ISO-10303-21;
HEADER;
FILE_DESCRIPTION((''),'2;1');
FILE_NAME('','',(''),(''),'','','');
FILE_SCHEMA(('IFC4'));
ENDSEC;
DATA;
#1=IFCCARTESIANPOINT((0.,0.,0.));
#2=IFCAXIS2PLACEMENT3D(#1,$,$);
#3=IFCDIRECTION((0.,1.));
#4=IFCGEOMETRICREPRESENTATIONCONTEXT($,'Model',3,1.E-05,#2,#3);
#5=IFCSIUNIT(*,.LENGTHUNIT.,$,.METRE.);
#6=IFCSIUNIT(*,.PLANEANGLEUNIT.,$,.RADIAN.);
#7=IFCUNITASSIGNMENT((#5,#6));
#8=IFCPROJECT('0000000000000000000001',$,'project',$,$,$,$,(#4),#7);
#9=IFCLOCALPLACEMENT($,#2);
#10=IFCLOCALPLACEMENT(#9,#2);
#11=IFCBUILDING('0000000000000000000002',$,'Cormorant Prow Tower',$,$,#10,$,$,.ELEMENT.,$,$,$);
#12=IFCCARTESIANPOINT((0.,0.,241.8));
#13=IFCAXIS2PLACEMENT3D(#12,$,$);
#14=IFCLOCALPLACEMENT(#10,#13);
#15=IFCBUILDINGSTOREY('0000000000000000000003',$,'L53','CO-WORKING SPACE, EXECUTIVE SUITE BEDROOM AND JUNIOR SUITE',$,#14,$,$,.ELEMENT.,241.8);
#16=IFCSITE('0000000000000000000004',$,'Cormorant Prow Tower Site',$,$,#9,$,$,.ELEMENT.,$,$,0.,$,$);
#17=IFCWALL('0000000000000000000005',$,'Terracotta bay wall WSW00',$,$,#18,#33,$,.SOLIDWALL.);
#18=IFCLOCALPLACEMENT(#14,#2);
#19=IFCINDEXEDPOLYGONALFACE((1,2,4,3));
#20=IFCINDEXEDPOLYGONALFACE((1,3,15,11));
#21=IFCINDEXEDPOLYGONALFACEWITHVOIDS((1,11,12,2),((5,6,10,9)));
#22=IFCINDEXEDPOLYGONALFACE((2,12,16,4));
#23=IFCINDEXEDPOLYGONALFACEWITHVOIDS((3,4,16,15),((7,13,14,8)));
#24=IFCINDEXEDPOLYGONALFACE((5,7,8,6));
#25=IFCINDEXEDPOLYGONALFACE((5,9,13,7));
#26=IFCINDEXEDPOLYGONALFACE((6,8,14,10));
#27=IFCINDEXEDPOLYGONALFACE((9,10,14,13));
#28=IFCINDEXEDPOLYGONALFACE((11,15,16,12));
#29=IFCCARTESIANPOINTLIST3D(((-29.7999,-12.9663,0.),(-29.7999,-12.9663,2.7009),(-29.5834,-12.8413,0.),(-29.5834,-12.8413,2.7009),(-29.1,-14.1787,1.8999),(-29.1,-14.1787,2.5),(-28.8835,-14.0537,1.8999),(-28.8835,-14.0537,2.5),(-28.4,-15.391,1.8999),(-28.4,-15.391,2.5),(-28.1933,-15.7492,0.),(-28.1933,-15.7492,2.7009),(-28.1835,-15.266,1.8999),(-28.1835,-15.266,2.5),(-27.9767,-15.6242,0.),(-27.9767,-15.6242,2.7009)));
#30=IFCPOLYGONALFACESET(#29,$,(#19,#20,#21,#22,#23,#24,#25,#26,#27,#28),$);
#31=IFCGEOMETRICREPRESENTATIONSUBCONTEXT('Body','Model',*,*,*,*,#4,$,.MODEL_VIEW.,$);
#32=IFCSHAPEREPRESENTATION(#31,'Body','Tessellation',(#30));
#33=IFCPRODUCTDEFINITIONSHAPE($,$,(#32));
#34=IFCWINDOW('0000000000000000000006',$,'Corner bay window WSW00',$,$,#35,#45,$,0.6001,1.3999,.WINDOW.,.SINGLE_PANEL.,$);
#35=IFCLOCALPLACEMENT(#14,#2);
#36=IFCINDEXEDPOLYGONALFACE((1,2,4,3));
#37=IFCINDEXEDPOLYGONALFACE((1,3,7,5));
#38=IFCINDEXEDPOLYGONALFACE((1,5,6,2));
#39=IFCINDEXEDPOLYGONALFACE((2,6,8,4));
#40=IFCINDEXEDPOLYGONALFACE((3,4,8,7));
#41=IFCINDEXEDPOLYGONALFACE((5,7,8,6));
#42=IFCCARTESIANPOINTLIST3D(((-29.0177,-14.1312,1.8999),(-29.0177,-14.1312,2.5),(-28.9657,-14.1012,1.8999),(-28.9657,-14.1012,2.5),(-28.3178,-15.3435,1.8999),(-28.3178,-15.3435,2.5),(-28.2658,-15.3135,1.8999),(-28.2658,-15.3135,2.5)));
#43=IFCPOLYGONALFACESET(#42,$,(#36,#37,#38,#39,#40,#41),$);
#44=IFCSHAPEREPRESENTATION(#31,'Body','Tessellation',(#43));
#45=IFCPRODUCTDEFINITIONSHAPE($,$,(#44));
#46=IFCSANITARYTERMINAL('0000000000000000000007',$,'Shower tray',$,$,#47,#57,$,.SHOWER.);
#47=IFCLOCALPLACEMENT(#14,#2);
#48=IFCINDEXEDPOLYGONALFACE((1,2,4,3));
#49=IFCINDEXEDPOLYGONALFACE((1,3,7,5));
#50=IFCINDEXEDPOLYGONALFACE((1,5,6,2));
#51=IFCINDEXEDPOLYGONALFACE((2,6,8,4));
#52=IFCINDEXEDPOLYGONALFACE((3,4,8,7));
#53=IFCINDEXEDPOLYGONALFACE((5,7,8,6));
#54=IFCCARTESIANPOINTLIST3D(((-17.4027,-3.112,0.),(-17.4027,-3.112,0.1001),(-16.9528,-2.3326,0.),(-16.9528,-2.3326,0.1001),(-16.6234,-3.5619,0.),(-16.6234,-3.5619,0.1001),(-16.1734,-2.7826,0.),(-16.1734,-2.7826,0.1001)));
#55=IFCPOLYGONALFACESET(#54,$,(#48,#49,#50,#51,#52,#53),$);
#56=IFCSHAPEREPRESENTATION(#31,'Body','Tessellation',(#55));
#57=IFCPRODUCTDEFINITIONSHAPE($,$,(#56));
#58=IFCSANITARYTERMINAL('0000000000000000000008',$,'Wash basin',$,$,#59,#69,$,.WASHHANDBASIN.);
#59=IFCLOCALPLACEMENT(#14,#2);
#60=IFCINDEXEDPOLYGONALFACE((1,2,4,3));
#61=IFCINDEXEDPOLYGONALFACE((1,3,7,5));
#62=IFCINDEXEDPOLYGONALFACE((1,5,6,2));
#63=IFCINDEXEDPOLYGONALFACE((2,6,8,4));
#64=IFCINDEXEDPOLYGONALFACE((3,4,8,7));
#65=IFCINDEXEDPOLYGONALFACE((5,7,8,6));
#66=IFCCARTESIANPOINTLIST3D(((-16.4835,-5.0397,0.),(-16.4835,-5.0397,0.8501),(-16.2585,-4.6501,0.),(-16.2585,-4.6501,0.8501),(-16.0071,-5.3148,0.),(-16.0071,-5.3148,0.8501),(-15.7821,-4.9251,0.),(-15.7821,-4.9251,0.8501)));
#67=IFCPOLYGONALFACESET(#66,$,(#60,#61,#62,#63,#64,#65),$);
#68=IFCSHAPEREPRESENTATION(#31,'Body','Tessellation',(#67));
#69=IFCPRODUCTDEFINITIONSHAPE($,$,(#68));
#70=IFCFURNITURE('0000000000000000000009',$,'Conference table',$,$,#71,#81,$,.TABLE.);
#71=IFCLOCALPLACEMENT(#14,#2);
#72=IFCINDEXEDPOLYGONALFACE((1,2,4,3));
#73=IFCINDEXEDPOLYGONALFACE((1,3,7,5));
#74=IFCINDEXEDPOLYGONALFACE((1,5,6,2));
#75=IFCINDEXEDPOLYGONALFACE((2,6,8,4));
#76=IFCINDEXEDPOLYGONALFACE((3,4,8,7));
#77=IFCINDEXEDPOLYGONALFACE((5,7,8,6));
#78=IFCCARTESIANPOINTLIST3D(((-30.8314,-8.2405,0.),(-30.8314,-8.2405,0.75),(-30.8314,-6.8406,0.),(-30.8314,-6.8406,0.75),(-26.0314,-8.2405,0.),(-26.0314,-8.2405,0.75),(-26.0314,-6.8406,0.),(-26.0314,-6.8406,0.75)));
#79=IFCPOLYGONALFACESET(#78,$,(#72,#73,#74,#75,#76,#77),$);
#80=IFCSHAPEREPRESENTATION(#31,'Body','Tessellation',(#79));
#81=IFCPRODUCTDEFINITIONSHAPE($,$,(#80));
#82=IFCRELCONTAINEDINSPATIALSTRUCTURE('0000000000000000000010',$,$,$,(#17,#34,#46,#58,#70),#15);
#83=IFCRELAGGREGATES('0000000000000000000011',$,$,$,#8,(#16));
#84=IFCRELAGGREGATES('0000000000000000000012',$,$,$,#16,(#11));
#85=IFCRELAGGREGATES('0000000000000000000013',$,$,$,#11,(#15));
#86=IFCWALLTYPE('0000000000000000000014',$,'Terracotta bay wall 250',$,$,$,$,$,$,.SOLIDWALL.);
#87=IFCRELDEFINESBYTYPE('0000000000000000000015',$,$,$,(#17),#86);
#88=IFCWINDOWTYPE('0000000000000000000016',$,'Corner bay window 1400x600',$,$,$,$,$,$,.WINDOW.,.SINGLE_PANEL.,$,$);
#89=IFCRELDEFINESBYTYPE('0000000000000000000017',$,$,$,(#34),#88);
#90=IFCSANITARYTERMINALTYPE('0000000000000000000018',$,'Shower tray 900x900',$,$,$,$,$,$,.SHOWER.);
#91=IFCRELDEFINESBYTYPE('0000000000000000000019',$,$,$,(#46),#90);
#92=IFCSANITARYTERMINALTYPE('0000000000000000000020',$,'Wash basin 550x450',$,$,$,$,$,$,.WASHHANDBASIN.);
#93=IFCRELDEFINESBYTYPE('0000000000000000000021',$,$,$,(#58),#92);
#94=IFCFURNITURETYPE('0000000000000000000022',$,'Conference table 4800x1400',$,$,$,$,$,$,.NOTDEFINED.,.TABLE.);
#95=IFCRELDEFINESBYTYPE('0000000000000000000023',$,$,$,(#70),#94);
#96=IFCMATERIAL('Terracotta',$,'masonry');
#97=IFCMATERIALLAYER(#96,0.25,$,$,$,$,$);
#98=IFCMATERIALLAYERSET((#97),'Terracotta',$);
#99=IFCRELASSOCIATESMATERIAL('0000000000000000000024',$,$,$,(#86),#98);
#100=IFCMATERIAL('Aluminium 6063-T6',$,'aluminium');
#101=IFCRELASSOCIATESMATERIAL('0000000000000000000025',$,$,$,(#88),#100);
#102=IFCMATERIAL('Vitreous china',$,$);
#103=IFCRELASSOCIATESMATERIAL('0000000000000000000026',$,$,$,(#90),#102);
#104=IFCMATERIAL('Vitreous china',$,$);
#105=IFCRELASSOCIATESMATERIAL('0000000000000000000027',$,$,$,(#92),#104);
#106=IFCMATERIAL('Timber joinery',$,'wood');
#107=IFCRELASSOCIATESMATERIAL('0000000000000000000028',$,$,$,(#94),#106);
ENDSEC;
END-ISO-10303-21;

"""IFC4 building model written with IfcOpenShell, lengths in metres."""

from ifc_helpers import new_model, si_unit, direction, frame, frame_2d, origin, origin_2d, place, context, subcontext, project, spatial, rectangle, extrude, material, layer, layer_set, type_object, element, fill, save


model = new_model("IFC4")

# Units and contexts
model_context = context("Model", 3, precision=1e-05, world=origin(), true_north=direction((0.0, 1.0)))
body_context = subcontext(model_context, "Body", "Model", "MODEL_VIEW")
ifc_project = project(units=[si_unit("LENGTHUNIT", "METRE"), si_unit("PLANEANGLEUNIT", "RADIAN")], contexts=[model_context])

# Site, building, storey
site_placement = place(None, origin())
site = spatial("IfcSite", under=ifc_project, at=site_placement, Name="Cormorant Prow Tower Site", CompositionType="ELEMENT", RefElevation=0.0)
building_placement = place(site_placement, origin())
building = spatial("IfcBuilding", under=site, at=building_placement, Name="Cormorant Prow Tower", CompositionType="ELEMENT")
storey_placement = place(building_placement, frame((0.0, 0.0, 241.8)))
storey = spatial("IfcBuildingStorey", under=building, at=storey_placement, Name="L53", Description="CO-WORKING SPACE, EXECUTIVE SUITE BEDROOM AND JUNIOR SUITE", CompositionType="ELEMENT", Elevation=241.8)

# Wall, opening, window
ifc_material_1 = material(Name="Terracotta", Category="masonry")
ifc_layer_1 = layer(ifc_material_1, 0.25)
ifc_layer_set_1 = layer_set([ifc_layer_1], Name="Terracotta")
wall_type_1 = type_object("IfcWallType", Name="Terracotta bay wall 250", PredefinedType="SOLIDWALL", material=ifc_layer_set_1)
wall_1_placement = place(storey_placement, frame((-29.6917, -12.9038, 0.0), z_axis=(0.0, 0.0, 1.0), x_axis=(0.499988, -0.866033, 0.0)))
wall_1 = element("IfcWall", 1, at=wall_1_placement, inside=storey, type_object=wall_type_1, Name="Terracotta bay wall WSW00", PredefinedType="SOLIDWALL", context=body_context, shape_type="SweptSolid", body=[
    extrude(rectangle(XDim=3.2134, YDim=0.25, at=frame_2d((1.6067, 0.0))), origin(), (0.0, 0.0, 1.0), 2.7009),
])
opening_1_placement = place(wall_1_placement, frame((1.3999, 0.0, 1.8999)))
opening_1 = element("IfcOpeningElement", 2, at=opening_1_placement, cuts=wall_1, PredefinedType="OPENING", context=body_context, shape_type="SweptSolid", body=[
    extrude(rectangle(XDim=1.3999, YDim=0.6001, at=frame_2d((0.7, 0.3))), frame((0.0, 0.135, 0.0), z_axis=(0.0, -1.0, 0.0), x_axis=(1.0, 0.0, 0.0)), (0.0, 0.0, 1.0), 0.27),
])
ifc_material_2 = material(Name="Aluminium 6063-T6", Category="aluminium")
window_type = type_object("IfcWindowType", Name="Corner bay window 1400x600", PartitioningType="SINGLE_PANEL", PredefinedType="WINDOW", material=ifc_material_2)
window_placement = place(opening_1_placement, origin())
window = element("IfcWindow", 3, at=window_placement, inside=storey, type_object=window_type, Name="Corner bay window WSW00", OverallHeight=0.6001, OverallWidth=1.3999, PartitioningType="SINGLE_PANEL", PredefinedType="WINDOW", context=body_context, shape_type="SweptSolid", body=[
    extrude(rectangle(XDim=1.3999, YDim=0.6001, at=frame_2d((0.7, 0.3))), frame((0.0, 0.03, 0.0), z_axis=(0.0, -1.0, 0.0), x_axis=(1.0, 0.0, 0.0)), (0.0, 0.0, 1.0), 0.0601),
])
fill(opening_1, window)

# Sanitary terminals
ifc_material_3 = material(Name="Vitreous china")
sanitary_terminal_type_1 = type_object("IfcSanitaryTerminalType", Name="Shower tray 900x900", PredefinedType="SHOWER", material=ifc_material_3)
sanitary_terminal_1_placement = place(storey_placement, frame((-16.7881, -2.9473, 0.0), z_axis=(0.0, 0.0, 1.0), x_axis=(0.866025, -0.5, 0.0)))
element("IfcSanitaryTerminal", 4, at=sanitary_terminal_1_placement, inside=storey, type_object=sanitary_terminal_type_1, Name="Shower tray", PredefinedType="SHOWER", context=body_context, shape_type="SweptSolid", body=[
    extrude(rectangle(XDim=0.8999, YDim=0.8999, at=origin_2d()), origin(), (0.0, 0.0, 1.0), 0.1001),
])
ifc_material_4 = material(Name="Vitreous china")
sanitary_terminal_type_2 = type_object("IfcSanitaryTerminalType", Name="Wash basin 550x450", PredefinedType="WASHHANDBASIN", material=ifc_material_4)
sanitary_terminal_2_placement = place(storey_placement, frame((-16.1328, -4.9824, 0.0), z_axis=(0.0, 0.0, 1.0), x_axis=(-0.866025, 0.5, 0.0)))
element("IfcSanitaryTerminal", 5, at=sanitary_terminal_2_placement, inside=storey, type_object=sanitary_terminal_type_2, Name="Wash basin", PredefinedType="WASHHANDBASIN", context=body_context, shape_type="SweptSolid", body=[
    extrude(rectangle(XDim=0.55, YDim=0.45, at=origin_2d()), origin(), (0.0, 0.0, 1.0), 0.8501),
])

# Furniture
ifc_material_5 = material(Name="Timber joinery", Category="wood")
furniture_type = type_object("IfcFurnitureType", Name="Conference table 4800x1400", AssemblyPlace="NOTDEFINED", PredefinedType="TABLE", material=ifc_material_5)
furniture_placement = place(storey_placement, frame((-28.4314, -7.5405, 0.0), z_axis=(0.0, 0.0, 1.0), x_axis=(1.0, 0.0, 0.0)))
element("IfcFurniture", 6, at=furniture_placement, inside=storey, type_object=furniture_type, Name="Conference table", PredefinedType="TABLE", context=body_context, shape_type="SweptSolid", body=[
    extrude(rectangle(XDim=4.8, YDim=1.3999, at=origin_2d()), origin(), (0.0, 0.0, 1.0), 0.75),
])

save(model, "model.ifc")
